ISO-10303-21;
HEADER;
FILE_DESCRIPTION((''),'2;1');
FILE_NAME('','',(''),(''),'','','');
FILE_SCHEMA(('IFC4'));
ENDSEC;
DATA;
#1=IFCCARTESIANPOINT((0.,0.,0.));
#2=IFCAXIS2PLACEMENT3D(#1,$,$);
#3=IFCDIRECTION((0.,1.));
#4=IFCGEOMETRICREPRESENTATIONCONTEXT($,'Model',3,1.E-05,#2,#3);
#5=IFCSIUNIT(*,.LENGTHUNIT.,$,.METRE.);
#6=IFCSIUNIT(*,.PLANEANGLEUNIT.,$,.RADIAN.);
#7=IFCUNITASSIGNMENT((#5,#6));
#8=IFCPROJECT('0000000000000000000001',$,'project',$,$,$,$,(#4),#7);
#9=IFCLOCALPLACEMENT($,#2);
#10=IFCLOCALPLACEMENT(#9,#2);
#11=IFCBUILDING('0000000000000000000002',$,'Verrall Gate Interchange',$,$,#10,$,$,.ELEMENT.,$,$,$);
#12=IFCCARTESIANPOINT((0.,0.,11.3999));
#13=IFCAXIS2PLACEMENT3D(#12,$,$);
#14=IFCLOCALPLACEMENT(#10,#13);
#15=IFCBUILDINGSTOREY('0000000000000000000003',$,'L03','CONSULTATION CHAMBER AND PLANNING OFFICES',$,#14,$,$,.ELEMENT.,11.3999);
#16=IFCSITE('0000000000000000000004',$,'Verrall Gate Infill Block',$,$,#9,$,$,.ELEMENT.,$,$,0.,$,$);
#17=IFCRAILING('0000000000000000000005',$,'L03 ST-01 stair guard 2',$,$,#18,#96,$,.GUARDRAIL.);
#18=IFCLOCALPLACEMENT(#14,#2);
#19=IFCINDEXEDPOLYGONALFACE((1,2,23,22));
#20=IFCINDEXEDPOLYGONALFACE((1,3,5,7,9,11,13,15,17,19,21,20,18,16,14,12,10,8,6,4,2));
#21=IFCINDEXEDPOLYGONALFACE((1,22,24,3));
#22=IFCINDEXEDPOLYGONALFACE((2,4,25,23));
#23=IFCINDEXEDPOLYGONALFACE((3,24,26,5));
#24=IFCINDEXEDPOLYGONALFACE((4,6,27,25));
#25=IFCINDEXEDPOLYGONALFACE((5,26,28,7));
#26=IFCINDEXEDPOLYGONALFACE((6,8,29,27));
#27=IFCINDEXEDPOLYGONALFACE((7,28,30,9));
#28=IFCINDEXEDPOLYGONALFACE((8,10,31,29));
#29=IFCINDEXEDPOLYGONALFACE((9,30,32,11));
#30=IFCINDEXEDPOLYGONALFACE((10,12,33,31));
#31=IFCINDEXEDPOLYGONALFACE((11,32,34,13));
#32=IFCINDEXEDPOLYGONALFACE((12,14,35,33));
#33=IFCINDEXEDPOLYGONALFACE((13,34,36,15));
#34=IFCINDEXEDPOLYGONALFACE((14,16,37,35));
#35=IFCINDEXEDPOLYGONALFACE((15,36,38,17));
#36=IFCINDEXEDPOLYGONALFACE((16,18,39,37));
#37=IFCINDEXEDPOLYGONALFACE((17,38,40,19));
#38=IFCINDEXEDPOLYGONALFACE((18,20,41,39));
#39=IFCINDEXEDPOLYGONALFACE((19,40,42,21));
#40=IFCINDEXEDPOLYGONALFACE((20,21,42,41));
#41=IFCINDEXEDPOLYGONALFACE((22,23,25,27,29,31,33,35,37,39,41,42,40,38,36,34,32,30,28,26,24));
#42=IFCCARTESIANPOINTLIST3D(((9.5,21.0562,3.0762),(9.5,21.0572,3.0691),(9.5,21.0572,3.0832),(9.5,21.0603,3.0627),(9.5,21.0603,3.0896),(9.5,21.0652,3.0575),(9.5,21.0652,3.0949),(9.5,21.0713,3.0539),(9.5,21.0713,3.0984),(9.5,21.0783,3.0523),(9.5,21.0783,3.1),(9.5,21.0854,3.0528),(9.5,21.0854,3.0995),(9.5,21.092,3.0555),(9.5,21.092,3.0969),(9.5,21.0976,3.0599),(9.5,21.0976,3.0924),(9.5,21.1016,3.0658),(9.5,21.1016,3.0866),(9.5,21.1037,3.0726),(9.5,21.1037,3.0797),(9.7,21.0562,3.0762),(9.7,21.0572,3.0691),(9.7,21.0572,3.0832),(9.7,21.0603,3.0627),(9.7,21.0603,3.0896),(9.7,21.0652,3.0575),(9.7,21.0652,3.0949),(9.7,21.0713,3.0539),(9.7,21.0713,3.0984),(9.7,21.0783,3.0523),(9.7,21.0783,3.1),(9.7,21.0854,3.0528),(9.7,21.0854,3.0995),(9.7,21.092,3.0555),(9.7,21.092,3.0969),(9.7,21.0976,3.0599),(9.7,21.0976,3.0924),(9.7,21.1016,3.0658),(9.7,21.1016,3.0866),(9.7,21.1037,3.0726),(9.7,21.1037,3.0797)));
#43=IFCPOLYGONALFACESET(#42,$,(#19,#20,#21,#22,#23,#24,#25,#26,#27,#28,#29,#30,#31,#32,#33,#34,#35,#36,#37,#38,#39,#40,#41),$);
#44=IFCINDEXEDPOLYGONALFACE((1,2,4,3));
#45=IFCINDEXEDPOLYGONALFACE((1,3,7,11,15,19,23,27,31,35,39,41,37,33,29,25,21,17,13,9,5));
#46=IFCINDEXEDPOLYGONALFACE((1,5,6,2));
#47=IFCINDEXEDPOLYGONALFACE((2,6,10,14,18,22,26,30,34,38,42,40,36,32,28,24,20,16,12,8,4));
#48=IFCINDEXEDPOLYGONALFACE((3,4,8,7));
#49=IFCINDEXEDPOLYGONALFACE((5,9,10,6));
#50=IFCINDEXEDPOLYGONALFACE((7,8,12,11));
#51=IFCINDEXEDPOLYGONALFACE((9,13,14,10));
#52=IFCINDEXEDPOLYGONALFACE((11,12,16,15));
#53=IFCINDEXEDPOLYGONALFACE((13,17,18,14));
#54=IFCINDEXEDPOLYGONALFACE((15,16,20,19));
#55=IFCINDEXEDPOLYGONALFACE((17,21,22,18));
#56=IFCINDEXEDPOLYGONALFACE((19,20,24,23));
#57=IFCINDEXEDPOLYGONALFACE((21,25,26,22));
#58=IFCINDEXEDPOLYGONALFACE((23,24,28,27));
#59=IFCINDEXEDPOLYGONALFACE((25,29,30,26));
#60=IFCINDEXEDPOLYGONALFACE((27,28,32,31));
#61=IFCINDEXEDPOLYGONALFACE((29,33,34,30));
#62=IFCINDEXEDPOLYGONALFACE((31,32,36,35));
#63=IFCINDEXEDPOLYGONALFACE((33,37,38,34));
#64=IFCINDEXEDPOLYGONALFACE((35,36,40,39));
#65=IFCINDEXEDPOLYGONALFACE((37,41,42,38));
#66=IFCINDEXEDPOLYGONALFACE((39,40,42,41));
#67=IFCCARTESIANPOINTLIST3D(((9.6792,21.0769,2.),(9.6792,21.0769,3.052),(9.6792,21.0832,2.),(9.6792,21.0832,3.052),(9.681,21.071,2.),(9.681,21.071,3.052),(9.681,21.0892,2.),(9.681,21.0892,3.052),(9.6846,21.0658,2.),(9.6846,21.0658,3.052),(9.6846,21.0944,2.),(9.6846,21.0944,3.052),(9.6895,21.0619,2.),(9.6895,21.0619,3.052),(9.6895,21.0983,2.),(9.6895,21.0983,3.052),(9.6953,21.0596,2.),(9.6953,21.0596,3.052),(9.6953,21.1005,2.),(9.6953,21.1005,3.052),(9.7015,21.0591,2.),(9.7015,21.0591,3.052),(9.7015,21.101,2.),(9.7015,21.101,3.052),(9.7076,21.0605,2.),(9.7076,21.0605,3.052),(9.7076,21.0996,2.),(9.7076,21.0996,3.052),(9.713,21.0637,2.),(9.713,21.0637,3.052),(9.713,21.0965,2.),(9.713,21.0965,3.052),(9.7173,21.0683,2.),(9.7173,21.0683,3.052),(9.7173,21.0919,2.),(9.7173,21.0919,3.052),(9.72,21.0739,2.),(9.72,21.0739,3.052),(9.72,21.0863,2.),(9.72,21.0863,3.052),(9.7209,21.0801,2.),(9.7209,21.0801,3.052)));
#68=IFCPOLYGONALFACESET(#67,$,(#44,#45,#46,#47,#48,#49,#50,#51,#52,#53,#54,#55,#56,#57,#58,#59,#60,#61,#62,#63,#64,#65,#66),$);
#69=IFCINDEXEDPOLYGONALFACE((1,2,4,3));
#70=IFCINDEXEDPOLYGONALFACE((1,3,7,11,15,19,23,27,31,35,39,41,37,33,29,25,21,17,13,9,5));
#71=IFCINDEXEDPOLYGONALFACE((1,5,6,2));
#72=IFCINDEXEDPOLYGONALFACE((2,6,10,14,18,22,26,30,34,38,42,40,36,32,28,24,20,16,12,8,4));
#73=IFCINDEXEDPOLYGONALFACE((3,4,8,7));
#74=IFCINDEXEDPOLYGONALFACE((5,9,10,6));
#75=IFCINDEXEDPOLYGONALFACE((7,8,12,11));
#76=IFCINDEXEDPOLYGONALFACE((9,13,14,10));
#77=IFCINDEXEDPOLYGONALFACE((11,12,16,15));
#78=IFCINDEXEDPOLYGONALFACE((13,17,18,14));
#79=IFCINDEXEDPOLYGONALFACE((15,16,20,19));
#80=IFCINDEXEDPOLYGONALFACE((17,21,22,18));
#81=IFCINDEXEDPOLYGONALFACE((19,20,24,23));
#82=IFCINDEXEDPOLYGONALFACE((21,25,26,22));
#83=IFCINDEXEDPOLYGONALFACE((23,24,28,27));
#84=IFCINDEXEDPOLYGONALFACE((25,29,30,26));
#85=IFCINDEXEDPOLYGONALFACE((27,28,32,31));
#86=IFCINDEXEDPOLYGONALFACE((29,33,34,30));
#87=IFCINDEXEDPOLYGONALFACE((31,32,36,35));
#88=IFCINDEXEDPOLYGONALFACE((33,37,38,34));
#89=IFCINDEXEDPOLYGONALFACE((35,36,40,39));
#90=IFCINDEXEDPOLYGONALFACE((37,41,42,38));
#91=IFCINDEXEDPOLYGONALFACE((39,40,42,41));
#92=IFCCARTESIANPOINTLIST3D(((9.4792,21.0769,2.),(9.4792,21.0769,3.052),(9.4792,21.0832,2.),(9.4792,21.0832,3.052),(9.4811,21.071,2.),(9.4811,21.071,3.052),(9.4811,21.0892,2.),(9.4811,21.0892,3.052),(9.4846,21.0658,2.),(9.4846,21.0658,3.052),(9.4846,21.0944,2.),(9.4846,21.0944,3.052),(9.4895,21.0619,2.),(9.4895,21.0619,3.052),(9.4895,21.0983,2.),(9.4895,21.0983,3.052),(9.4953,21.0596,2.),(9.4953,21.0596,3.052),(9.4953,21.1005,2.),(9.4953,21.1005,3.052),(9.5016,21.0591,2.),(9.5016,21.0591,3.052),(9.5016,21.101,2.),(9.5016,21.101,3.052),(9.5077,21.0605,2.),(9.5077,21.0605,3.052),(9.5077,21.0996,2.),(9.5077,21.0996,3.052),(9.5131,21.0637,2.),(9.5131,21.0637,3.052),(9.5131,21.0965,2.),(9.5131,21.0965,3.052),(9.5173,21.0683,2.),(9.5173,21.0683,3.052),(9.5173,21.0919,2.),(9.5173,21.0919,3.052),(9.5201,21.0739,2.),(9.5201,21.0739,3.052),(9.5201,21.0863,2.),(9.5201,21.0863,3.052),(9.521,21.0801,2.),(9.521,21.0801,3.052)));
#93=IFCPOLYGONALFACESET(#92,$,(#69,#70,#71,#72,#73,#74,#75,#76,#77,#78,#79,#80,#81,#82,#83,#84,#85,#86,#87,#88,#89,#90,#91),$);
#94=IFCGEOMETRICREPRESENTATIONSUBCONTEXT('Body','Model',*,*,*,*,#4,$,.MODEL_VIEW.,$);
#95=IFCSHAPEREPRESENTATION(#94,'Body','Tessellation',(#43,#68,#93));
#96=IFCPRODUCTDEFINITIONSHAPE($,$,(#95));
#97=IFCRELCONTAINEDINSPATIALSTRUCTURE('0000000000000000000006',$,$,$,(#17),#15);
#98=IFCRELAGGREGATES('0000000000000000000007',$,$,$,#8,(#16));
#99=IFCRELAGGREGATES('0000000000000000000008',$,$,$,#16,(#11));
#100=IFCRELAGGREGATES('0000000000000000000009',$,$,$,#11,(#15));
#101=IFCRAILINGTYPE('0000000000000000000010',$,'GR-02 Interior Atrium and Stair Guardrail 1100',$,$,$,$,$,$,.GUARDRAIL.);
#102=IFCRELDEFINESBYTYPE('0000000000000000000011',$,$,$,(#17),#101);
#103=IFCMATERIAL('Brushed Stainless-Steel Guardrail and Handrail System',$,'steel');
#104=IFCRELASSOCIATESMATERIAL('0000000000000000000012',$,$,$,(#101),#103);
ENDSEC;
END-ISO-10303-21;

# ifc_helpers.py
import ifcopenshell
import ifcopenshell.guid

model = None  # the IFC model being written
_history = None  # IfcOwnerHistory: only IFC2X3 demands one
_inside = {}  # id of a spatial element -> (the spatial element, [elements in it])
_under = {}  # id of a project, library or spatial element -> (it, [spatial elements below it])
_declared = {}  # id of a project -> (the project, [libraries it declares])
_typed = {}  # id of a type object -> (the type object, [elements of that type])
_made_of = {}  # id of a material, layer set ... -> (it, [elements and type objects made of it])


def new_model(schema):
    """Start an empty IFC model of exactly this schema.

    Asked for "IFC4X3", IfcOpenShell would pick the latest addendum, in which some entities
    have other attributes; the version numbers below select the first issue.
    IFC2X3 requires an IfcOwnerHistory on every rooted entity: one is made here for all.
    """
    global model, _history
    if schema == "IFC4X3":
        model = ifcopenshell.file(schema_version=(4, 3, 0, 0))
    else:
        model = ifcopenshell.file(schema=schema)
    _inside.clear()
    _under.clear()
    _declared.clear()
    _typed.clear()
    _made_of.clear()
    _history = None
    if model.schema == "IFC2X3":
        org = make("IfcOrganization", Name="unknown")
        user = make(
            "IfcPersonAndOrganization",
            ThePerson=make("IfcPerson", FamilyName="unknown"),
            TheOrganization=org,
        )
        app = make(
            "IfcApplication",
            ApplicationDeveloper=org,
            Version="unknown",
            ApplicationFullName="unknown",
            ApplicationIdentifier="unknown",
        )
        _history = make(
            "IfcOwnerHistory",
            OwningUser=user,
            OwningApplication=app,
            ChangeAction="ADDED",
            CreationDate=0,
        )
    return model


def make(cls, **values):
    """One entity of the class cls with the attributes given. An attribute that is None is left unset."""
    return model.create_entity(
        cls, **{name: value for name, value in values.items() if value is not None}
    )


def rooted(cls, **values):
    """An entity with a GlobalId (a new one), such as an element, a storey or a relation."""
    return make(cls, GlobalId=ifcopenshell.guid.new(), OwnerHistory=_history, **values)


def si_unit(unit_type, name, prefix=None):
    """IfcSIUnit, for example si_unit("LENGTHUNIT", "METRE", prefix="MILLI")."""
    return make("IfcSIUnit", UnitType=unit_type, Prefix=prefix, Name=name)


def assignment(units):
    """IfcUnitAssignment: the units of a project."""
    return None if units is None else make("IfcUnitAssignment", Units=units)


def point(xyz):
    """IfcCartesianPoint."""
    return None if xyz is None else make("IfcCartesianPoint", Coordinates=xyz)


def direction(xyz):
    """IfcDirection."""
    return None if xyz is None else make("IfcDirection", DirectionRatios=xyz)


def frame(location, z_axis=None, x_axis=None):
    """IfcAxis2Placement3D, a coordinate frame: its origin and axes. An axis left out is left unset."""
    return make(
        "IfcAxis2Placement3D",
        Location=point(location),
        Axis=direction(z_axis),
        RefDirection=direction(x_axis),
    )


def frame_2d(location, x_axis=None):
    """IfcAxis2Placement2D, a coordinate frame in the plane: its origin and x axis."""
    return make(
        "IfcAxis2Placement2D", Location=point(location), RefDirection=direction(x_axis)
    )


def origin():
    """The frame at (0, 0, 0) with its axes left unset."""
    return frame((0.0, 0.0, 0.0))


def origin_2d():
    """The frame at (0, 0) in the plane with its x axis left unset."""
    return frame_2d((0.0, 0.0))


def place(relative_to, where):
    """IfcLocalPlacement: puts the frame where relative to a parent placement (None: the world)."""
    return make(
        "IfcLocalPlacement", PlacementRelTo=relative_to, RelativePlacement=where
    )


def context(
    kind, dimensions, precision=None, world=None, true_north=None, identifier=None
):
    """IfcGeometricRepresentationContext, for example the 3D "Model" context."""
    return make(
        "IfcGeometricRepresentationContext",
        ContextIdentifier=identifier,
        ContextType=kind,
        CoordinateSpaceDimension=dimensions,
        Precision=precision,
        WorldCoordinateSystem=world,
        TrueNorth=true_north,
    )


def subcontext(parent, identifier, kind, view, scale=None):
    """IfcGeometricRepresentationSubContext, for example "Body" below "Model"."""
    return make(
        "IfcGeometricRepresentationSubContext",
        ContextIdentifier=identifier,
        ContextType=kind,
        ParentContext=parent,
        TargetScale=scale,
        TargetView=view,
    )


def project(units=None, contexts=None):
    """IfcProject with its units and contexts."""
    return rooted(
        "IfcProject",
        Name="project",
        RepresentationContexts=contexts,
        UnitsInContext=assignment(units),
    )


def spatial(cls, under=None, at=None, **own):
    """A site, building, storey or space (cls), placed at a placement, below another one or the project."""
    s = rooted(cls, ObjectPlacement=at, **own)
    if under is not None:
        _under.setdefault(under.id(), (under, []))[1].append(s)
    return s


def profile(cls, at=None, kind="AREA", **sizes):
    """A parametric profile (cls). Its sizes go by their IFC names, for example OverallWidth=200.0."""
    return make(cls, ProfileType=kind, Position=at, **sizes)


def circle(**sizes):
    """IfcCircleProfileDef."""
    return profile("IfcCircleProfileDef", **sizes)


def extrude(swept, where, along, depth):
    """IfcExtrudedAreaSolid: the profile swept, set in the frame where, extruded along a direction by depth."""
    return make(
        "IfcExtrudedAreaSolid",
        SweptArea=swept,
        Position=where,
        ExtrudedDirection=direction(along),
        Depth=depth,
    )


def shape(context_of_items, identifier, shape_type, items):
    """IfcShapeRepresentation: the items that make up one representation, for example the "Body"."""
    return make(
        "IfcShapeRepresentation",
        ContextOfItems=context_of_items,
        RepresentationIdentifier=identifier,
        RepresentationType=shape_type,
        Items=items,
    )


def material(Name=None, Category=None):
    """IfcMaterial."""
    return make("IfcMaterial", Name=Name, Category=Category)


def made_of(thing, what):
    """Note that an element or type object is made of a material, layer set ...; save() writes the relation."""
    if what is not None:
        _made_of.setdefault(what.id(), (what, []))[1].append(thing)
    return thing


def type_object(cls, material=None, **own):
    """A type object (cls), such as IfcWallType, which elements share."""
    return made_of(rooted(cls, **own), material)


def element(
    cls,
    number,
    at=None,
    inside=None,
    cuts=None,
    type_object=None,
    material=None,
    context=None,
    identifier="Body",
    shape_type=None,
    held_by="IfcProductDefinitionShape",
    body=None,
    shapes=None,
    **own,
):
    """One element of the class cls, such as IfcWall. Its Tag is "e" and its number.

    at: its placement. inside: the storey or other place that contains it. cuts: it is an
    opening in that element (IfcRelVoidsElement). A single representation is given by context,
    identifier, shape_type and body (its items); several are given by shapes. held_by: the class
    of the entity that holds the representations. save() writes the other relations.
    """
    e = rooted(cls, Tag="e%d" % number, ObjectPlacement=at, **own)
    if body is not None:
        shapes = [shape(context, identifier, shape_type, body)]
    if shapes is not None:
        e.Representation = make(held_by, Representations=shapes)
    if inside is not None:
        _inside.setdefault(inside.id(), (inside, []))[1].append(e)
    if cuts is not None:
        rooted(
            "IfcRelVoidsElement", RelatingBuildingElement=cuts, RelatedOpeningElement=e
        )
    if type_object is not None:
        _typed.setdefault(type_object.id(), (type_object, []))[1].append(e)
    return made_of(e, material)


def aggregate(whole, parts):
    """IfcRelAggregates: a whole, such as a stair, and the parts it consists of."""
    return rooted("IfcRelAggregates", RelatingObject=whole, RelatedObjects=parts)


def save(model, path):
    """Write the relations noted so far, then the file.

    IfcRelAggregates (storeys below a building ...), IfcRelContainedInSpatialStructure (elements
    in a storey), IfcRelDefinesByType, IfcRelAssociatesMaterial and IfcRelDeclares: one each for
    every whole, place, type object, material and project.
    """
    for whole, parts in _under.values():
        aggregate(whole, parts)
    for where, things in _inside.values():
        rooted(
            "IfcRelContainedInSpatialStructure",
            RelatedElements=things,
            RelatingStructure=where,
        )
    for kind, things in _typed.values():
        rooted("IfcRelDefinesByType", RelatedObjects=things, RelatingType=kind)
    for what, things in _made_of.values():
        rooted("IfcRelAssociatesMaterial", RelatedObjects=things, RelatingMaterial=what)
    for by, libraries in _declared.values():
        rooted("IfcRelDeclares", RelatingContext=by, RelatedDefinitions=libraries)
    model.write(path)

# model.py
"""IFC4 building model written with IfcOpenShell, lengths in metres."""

from ifc_helpers import new_model, si_unit, direction, frame, origin, origin_2d, place, context, subcontext, project, spatial, circle, extrude, material, type_object, element, save


model = new_model("IFC4")

# Units and contexts
model_context = context("Model", 3, precision=1e-05, world=origin(), true_north=direction((0.0, 1.0)))
body_context = subcontext(model_context, "Body", "Model", "MODEL_VIEW")
ifc_project = project(units=[si_unit("LENGTHUNIT", "METRE"), si_unit("PLANEANGLEUNIT", "RADIAN")], contexts=[model_context])

# Site, building, storey
site_placement = place(None, origin())
site = spatial("IfcSite", under=ifc_project, at=site_placement, Name="Verrall Gate Infill Block", CompositionType="ELEMENT", RefElevation=0.0)
building_placement = place(site_placement, origin())
building = spatial("IfcBuilding", under=site, at=building_placement, Name="Verrall Gate Interchange", CompositionType="ELEMENT")
storey_placement = place(building_placement, frame((0.0, 0.0, 11.3999)))
storey = spatial("IfcBuildingStorey", under=building, at=storey_placement, Name="L03", Description="CONSULTATION CHAMBER AND PLANNING OFFICES", CompositionType="ELEMENT", Elevation=11.3999)

# Railing
ifc_material_1 = material(Name="Brushed Stainless-Steel Guardrail and Handrail System", Category="steel")
railing_type_1 = type_object("IfcRailingType", Name="GR-02 Interior Atrium and Stair Guardrail 1100", PredefinedType="GUARDRAIL", material=ifc_material_1)
railing_1_placement = place(storey_placement, frame((9.7, 21.0801, 2.0)))
element("IfcRailing", 1, at=railing_1_placement, inside=storey, type_object=railing_type_1, Name="L03 ST-01 stair guard 2", PredefinedType="GUARDRAIL", context=body_context, shape_type="SweptSolid", body=[
    extrude(circle(Radius=0.0239, at=origin_2d()), frame((0.0, 0.0, 1.0762), z_axis=(-1.0, 0.0, 0.0), x_axis=(0.0, -1.0, 0.0)), (0.0, 0.0, 1.0), 0.2),
    extrude(circle(Radius=0.021, at=origin_2d()), origin(), (0.0, 0.0, 1.0), 1.052),
    extrude(circle(Radius=0.021, at=origin_2d()), frame((-0.2, 0.0, 0.0)), (0.0, 0.0, 1.0), 1.052),
])

save(model, "model.ifc")
